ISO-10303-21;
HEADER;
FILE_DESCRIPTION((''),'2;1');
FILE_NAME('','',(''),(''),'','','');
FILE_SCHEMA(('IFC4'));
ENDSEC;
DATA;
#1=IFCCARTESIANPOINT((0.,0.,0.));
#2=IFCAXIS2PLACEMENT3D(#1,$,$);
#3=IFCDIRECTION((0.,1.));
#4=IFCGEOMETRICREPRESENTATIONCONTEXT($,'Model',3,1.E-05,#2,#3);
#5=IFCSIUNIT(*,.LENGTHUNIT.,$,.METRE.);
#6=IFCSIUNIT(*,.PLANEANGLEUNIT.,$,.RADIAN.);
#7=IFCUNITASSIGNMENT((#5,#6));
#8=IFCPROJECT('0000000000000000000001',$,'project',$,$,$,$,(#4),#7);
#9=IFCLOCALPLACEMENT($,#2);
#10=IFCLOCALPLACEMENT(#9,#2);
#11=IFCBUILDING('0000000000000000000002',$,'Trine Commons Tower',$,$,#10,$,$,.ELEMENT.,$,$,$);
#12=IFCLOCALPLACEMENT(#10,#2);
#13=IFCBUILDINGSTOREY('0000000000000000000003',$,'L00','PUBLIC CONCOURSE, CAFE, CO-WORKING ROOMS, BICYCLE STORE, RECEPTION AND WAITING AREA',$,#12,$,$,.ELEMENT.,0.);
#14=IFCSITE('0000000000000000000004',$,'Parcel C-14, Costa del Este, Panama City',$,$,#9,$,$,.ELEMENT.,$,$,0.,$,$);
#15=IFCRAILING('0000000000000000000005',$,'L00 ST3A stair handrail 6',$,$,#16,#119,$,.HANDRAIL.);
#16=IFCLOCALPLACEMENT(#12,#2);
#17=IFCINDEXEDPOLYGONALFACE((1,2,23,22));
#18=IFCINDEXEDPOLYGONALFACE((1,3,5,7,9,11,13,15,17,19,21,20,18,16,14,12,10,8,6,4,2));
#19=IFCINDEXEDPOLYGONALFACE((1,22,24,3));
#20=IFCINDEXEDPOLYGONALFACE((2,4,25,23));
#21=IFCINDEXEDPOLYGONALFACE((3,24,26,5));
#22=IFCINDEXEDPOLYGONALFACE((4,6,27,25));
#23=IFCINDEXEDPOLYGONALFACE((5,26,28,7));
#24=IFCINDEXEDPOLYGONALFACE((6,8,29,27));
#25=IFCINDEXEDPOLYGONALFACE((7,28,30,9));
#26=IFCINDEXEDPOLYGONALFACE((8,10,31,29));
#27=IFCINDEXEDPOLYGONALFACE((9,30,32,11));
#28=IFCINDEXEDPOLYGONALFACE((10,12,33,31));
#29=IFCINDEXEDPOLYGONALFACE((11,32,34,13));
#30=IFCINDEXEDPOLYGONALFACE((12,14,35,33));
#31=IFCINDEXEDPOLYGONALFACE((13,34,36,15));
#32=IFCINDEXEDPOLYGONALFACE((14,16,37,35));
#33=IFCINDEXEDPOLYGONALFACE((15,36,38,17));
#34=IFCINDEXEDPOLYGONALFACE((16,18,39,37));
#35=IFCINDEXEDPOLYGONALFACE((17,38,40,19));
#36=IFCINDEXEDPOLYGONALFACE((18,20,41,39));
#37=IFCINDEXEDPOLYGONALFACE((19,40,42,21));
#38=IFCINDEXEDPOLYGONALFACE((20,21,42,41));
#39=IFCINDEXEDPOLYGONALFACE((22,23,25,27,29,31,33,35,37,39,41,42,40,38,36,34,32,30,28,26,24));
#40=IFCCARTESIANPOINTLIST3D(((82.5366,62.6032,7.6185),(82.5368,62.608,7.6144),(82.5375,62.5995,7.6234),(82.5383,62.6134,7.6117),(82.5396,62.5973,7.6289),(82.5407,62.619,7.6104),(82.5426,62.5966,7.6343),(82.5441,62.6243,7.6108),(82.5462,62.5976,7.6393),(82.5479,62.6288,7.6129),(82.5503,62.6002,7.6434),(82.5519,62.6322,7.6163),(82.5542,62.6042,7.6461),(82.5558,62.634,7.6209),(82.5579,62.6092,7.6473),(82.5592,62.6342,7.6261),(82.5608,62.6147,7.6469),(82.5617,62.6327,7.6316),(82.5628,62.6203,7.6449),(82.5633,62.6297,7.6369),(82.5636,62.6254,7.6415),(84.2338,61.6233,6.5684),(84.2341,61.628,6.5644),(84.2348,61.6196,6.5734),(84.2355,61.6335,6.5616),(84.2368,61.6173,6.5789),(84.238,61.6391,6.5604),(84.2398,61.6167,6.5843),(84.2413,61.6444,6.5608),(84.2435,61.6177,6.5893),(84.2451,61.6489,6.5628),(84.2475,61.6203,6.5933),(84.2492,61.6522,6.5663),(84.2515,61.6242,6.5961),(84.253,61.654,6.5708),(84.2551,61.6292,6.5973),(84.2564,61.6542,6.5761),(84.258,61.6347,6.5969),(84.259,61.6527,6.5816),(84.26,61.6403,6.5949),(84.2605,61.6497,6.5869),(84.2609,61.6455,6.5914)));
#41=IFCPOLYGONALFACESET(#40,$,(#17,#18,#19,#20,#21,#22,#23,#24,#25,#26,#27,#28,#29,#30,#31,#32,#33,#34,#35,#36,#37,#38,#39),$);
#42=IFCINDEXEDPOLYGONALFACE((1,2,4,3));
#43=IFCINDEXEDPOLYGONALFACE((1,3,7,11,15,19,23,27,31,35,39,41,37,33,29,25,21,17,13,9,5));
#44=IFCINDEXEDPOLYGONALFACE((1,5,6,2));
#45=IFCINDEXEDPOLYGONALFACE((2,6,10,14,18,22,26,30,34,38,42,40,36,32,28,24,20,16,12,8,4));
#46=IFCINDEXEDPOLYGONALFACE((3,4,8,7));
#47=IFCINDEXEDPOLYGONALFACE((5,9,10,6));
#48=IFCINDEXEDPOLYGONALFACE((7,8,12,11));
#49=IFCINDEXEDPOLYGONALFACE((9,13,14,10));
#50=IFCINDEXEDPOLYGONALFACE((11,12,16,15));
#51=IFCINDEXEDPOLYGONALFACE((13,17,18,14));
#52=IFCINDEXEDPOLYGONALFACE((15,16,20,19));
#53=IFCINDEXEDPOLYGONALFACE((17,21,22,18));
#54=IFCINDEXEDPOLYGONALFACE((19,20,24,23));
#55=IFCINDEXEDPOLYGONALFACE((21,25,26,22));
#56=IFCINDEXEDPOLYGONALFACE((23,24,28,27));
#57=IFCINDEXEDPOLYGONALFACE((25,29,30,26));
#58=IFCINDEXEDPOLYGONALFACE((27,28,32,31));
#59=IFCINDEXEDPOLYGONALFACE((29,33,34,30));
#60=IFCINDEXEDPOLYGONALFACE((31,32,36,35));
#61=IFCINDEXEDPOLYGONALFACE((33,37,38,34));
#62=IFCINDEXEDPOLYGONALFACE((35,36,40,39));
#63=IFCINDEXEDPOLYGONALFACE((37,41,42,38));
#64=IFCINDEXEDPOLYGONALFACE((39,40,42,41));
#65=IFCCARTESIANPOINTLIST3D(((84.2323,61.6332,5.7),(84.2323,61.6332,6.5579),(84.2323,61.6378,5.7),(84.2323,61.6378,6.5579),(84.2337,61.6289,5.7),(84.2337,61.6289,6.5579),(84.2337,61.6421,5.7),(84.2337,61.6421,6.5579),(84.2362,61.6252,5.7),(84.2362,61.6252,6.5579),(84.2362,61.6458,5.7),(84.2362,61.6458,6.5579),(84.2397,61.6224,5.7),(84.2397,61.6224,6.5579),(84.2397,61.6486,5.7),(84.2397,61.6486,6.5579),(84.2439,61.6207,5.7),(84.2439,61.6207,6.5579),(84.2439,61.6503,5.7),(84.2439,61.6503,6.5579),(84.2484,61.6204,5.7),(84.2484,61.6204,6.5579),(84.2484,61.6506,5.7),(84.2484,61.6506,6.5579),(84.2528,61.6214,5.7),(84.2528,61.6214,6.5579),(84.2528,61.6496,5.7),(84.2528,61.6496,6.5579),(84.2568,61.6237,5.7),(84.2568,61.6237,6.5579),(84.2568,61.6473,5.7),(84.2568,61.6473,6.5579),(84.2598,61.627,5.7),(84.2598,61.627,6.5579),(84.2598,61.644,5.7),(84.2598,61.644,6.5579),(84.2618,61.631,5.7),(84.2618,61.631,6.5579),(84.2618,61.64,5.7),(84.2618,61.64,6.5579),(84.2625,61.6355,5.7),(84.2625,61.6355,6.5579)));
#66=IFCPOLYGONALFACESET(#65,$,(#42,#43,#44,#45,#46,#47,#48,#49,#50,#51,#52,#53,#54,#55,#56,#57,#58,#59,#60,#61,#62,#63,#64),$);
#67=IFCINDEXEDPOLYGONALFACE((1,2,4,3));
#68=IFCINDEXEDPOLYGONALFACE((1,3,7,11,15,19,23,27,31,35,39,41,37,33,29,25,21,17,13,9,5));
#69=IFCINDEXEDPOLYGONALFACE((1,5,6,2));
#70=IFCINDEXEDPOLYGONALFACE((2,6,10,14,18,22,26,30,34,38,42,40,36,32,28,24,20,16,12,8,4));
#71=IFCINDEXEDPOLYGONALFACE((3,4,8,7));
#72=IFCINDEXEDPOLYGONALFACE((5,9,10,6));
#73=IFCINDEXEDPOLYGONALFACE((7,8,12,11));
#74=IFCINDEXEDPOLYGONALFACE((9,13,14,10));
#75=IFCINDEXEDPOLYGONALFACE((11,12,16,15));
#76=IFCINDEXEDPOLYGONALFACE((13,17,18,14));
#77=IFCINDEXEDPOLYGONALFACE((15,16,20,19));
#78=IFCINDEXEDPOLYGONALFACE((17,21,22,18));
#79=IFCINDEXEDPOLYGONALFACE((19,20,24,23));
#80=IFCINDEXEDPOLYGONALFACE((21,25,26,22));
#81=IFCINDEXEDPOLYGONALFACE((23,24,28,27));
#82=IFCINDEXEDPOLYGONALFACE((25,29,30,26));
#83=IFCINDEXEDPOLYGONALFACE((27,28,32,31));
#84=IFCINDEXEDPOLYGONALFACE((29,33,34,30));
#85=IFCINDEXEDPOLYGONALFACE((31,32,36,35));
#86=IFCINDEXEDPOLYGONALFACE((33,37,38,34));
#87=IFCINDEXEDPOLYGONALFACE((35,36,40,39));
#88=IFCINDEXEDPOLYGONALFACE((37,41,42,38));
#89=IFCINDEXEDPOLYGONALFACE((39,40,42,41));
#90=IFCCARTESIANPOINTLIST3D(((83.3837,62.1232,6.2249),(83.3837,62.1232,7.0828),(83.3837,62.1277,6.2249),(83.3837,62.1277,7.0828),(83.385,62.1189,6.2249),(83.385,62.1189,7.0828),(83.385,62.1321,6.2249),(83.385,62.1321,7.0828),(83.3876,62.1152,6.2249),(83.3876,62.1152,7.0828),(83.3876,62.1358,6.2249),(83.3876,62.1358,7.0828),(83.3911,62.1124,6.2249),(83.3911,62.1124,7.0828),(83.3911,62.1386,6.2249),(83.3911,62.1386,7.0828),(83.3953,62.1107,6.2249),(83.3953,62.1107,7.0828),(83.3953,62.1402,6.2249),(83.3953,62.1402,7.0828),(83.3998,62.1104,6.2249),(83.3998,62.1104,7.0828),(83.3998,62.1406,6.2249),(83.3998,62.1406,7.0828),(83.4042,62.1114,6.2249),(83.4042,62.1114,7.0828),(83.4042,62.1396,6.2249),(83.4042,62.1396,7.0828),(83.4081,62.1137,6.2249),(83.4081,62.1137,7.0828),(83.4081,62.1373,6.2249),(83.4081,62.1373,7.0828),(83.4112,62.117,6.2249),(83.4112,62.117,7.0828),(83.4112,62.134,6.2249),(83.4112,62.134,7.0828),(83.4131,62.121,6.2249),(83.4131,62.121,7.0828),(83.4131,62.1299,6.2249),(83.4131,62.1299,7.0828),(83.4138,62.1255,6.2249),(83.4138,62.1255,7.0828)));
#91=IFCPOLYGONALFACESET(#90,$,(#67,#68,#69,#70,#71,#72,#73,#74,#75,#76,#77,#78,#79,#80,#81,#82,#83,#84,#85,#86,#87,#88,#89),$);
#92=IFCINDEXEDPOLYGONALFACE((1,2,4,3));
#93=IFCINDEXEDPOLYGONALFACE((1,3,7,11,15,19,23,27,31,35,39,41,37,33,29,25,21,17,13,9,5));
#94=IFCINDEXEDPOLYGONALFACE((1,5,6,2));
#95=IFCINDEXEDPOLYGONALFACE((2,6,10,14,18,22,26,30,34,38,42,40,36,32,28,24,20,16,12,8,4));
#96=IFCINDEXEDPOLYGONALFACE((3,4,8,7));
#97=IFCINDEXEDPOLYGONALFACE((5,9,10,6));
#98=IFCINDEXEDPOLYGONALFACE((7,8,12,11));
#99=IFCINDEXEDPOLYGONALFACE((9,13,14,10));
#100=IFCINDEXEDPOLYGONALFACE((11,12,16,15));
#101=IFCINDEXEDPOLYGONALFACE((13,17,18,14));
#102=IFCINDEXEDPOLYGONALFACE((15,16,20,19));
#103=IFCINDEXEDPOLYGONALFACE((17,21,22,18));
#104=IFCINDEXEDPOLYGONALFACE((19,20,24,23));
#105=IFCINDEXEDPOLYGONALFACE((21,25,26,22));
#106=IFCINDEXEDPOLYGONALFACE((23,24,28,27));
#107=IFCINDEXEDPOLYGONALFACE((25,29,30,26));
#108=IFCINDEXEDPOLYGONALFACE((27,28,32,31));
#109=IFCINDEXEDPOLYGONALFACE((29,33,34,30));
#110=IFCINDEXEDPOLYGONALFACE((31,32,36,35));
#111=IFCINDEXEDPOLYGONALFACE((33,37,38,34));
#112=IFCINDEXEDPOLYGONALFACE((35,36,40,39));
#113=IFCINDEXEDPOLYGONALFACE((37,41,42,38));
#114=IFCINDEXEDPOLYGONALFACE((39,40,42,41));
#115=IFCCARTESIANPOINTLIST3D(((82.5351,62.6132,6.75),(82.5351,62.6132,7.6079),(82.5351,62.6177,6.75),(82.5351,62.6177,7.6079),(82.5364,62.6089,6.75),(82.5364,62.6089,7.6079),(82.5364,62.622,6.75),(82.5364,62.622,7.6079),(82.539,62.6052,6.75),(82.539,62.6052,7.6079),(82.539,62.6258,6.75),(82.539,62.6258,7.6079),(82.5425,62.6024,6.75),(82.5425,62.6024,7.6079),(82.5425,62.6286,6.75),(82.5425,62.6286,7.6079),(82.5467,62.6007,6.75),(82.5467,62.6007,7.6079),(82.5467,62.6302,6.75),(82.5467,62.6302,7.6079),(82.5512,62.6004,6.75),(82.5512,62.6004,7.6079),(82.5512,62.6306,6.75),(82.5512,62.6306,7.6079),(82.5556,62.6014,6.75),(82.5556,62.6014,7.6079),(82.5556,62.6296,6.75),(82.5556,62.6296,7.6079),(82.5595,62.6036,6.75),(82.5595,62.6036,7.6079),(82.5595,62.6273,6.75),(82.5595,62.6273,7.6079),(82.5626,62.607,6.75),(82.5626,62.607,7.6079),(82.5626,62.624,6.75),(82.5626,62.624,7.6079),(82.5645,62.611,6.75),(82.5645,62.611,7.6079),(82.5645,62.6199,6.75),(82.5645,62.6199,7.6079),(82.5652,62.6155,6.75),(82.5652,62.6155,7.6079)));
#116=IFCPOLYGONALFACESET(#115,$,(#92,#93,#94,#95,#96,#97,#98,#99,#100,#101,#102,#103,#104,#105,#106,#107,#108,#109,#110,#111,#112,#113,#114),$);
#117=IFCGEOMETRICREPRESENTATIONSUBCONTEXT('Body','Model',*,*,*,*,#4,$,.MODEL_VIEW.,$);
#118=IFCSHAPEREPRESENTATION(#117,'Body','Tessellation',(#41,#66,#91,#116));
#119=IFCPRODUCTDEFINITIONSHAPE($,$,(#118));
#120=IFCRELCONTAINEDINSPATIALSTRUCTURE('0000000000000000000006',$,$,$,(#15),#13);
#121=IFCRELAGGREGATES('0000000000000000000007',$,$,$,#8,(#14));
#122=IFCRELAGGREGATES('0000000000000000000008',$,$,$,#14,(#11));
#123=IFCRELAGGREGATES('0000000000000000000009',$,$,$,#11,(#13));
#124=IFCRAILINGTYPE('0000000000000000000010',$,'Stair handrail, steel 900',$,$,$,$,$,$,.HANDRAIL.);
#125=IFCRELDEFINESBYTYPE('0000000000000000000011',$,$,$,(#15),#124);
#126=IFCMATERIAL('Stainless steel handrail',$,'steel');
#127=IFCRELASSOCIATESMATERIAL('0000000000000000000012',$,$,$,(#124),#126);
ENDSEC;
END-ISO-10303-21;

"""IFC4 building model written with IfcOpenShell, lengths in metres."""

from ifc_helpers import new_model, si_unit, direction, frame, origin, origin_2d, place, context, subcontext, project, spatial, circle, extrude, material, type_object, element, save


model = new_model("IFC4")

# Units and contexts
model_context = context("Model", 3, precision=1e-05, world=origin(), true_north=direction((0.0, 1.0)))
body_context = subcontext(model_context, "Body", "Model", "MODEL_VIEW")
ifc_project = project(units=[si_unit("LENGTHUNIT", "METRE"), si_unit("PLANEANGLEUNIT", "RADIAN")], contexts=[model_context])

# Site, building, storey
site_placement = place(None, origin())
site = spatial("IfcSite", under=ifc_project, at=site_placement, Name="Parcel C-14, Costa del Este, Panama City", CompositionType="ELEMENT", RefElevation=0.0)
building_placement = place(site_placement, origin())
building = spatial("IfcBuilding", under=site, at=building_placement, Name="Trine Commons Tower", CompositionType="ELEMENT")
storey_placement = place(building_placement, origin())
storey = spatial("IfcBuildingStorey", under=building, at=storey_placement, Name="L00", Description="PUBLIC CONCOURSE, CAFE, CO-WORKING ROOMS, BICYCLE STORE, RECEPTION AND WAITING AREA", CompositionType="ELEMENT", Elevation=0.0)

# Railing
ifc_material_1 = material(Name="Stainless steel handrail", Category="steel")
railing_type_1 = type_object("IfcRailingType", Name="Stair handrail, steel 900", PredefinedType="HANDRAIL", material=ifc_material_1)
railing_1_placement = place(storey_placement, frame((84.2473, 61.6355, 5.7)))
element("IfcRailing", 1, at=railing_1_placement, inside=storey, type_object=railing_type_1, Name="L00 ST3A stair handrail 6", PredefinedType="HANDRAIL", context=body_context, shape_type="SweptSolid", body=[
    extrude(circle(Radius=0.021, at=origin_2d()), frame((0.0, 0.0, 0.8789), z_axis=(-0.763352, 0.44075, 0.472264), x_axis=(-0.500024, -0.866011, 0.0)), (0.0, 0.0, 1.0), 2.2234),
    extrude(circle(Radius=0.0151, at=origin_2d()), origin(), (0.0, 0.0, 1.0), 0.8579),
    extrude(circle(Radius=0.0151, at=origin_2d()), frame((-0.8486, 0.49, 0.5249)), (0.0, 0.0, 1.0), 0.8579),
    extrude(circle(Radius=0.0151, at=origin_2d()), frame((-1.6973, 0.98, 1.05)), (0.0, 0.0, 1.0), 0.8579),
])

save(model, "model.ifc")
